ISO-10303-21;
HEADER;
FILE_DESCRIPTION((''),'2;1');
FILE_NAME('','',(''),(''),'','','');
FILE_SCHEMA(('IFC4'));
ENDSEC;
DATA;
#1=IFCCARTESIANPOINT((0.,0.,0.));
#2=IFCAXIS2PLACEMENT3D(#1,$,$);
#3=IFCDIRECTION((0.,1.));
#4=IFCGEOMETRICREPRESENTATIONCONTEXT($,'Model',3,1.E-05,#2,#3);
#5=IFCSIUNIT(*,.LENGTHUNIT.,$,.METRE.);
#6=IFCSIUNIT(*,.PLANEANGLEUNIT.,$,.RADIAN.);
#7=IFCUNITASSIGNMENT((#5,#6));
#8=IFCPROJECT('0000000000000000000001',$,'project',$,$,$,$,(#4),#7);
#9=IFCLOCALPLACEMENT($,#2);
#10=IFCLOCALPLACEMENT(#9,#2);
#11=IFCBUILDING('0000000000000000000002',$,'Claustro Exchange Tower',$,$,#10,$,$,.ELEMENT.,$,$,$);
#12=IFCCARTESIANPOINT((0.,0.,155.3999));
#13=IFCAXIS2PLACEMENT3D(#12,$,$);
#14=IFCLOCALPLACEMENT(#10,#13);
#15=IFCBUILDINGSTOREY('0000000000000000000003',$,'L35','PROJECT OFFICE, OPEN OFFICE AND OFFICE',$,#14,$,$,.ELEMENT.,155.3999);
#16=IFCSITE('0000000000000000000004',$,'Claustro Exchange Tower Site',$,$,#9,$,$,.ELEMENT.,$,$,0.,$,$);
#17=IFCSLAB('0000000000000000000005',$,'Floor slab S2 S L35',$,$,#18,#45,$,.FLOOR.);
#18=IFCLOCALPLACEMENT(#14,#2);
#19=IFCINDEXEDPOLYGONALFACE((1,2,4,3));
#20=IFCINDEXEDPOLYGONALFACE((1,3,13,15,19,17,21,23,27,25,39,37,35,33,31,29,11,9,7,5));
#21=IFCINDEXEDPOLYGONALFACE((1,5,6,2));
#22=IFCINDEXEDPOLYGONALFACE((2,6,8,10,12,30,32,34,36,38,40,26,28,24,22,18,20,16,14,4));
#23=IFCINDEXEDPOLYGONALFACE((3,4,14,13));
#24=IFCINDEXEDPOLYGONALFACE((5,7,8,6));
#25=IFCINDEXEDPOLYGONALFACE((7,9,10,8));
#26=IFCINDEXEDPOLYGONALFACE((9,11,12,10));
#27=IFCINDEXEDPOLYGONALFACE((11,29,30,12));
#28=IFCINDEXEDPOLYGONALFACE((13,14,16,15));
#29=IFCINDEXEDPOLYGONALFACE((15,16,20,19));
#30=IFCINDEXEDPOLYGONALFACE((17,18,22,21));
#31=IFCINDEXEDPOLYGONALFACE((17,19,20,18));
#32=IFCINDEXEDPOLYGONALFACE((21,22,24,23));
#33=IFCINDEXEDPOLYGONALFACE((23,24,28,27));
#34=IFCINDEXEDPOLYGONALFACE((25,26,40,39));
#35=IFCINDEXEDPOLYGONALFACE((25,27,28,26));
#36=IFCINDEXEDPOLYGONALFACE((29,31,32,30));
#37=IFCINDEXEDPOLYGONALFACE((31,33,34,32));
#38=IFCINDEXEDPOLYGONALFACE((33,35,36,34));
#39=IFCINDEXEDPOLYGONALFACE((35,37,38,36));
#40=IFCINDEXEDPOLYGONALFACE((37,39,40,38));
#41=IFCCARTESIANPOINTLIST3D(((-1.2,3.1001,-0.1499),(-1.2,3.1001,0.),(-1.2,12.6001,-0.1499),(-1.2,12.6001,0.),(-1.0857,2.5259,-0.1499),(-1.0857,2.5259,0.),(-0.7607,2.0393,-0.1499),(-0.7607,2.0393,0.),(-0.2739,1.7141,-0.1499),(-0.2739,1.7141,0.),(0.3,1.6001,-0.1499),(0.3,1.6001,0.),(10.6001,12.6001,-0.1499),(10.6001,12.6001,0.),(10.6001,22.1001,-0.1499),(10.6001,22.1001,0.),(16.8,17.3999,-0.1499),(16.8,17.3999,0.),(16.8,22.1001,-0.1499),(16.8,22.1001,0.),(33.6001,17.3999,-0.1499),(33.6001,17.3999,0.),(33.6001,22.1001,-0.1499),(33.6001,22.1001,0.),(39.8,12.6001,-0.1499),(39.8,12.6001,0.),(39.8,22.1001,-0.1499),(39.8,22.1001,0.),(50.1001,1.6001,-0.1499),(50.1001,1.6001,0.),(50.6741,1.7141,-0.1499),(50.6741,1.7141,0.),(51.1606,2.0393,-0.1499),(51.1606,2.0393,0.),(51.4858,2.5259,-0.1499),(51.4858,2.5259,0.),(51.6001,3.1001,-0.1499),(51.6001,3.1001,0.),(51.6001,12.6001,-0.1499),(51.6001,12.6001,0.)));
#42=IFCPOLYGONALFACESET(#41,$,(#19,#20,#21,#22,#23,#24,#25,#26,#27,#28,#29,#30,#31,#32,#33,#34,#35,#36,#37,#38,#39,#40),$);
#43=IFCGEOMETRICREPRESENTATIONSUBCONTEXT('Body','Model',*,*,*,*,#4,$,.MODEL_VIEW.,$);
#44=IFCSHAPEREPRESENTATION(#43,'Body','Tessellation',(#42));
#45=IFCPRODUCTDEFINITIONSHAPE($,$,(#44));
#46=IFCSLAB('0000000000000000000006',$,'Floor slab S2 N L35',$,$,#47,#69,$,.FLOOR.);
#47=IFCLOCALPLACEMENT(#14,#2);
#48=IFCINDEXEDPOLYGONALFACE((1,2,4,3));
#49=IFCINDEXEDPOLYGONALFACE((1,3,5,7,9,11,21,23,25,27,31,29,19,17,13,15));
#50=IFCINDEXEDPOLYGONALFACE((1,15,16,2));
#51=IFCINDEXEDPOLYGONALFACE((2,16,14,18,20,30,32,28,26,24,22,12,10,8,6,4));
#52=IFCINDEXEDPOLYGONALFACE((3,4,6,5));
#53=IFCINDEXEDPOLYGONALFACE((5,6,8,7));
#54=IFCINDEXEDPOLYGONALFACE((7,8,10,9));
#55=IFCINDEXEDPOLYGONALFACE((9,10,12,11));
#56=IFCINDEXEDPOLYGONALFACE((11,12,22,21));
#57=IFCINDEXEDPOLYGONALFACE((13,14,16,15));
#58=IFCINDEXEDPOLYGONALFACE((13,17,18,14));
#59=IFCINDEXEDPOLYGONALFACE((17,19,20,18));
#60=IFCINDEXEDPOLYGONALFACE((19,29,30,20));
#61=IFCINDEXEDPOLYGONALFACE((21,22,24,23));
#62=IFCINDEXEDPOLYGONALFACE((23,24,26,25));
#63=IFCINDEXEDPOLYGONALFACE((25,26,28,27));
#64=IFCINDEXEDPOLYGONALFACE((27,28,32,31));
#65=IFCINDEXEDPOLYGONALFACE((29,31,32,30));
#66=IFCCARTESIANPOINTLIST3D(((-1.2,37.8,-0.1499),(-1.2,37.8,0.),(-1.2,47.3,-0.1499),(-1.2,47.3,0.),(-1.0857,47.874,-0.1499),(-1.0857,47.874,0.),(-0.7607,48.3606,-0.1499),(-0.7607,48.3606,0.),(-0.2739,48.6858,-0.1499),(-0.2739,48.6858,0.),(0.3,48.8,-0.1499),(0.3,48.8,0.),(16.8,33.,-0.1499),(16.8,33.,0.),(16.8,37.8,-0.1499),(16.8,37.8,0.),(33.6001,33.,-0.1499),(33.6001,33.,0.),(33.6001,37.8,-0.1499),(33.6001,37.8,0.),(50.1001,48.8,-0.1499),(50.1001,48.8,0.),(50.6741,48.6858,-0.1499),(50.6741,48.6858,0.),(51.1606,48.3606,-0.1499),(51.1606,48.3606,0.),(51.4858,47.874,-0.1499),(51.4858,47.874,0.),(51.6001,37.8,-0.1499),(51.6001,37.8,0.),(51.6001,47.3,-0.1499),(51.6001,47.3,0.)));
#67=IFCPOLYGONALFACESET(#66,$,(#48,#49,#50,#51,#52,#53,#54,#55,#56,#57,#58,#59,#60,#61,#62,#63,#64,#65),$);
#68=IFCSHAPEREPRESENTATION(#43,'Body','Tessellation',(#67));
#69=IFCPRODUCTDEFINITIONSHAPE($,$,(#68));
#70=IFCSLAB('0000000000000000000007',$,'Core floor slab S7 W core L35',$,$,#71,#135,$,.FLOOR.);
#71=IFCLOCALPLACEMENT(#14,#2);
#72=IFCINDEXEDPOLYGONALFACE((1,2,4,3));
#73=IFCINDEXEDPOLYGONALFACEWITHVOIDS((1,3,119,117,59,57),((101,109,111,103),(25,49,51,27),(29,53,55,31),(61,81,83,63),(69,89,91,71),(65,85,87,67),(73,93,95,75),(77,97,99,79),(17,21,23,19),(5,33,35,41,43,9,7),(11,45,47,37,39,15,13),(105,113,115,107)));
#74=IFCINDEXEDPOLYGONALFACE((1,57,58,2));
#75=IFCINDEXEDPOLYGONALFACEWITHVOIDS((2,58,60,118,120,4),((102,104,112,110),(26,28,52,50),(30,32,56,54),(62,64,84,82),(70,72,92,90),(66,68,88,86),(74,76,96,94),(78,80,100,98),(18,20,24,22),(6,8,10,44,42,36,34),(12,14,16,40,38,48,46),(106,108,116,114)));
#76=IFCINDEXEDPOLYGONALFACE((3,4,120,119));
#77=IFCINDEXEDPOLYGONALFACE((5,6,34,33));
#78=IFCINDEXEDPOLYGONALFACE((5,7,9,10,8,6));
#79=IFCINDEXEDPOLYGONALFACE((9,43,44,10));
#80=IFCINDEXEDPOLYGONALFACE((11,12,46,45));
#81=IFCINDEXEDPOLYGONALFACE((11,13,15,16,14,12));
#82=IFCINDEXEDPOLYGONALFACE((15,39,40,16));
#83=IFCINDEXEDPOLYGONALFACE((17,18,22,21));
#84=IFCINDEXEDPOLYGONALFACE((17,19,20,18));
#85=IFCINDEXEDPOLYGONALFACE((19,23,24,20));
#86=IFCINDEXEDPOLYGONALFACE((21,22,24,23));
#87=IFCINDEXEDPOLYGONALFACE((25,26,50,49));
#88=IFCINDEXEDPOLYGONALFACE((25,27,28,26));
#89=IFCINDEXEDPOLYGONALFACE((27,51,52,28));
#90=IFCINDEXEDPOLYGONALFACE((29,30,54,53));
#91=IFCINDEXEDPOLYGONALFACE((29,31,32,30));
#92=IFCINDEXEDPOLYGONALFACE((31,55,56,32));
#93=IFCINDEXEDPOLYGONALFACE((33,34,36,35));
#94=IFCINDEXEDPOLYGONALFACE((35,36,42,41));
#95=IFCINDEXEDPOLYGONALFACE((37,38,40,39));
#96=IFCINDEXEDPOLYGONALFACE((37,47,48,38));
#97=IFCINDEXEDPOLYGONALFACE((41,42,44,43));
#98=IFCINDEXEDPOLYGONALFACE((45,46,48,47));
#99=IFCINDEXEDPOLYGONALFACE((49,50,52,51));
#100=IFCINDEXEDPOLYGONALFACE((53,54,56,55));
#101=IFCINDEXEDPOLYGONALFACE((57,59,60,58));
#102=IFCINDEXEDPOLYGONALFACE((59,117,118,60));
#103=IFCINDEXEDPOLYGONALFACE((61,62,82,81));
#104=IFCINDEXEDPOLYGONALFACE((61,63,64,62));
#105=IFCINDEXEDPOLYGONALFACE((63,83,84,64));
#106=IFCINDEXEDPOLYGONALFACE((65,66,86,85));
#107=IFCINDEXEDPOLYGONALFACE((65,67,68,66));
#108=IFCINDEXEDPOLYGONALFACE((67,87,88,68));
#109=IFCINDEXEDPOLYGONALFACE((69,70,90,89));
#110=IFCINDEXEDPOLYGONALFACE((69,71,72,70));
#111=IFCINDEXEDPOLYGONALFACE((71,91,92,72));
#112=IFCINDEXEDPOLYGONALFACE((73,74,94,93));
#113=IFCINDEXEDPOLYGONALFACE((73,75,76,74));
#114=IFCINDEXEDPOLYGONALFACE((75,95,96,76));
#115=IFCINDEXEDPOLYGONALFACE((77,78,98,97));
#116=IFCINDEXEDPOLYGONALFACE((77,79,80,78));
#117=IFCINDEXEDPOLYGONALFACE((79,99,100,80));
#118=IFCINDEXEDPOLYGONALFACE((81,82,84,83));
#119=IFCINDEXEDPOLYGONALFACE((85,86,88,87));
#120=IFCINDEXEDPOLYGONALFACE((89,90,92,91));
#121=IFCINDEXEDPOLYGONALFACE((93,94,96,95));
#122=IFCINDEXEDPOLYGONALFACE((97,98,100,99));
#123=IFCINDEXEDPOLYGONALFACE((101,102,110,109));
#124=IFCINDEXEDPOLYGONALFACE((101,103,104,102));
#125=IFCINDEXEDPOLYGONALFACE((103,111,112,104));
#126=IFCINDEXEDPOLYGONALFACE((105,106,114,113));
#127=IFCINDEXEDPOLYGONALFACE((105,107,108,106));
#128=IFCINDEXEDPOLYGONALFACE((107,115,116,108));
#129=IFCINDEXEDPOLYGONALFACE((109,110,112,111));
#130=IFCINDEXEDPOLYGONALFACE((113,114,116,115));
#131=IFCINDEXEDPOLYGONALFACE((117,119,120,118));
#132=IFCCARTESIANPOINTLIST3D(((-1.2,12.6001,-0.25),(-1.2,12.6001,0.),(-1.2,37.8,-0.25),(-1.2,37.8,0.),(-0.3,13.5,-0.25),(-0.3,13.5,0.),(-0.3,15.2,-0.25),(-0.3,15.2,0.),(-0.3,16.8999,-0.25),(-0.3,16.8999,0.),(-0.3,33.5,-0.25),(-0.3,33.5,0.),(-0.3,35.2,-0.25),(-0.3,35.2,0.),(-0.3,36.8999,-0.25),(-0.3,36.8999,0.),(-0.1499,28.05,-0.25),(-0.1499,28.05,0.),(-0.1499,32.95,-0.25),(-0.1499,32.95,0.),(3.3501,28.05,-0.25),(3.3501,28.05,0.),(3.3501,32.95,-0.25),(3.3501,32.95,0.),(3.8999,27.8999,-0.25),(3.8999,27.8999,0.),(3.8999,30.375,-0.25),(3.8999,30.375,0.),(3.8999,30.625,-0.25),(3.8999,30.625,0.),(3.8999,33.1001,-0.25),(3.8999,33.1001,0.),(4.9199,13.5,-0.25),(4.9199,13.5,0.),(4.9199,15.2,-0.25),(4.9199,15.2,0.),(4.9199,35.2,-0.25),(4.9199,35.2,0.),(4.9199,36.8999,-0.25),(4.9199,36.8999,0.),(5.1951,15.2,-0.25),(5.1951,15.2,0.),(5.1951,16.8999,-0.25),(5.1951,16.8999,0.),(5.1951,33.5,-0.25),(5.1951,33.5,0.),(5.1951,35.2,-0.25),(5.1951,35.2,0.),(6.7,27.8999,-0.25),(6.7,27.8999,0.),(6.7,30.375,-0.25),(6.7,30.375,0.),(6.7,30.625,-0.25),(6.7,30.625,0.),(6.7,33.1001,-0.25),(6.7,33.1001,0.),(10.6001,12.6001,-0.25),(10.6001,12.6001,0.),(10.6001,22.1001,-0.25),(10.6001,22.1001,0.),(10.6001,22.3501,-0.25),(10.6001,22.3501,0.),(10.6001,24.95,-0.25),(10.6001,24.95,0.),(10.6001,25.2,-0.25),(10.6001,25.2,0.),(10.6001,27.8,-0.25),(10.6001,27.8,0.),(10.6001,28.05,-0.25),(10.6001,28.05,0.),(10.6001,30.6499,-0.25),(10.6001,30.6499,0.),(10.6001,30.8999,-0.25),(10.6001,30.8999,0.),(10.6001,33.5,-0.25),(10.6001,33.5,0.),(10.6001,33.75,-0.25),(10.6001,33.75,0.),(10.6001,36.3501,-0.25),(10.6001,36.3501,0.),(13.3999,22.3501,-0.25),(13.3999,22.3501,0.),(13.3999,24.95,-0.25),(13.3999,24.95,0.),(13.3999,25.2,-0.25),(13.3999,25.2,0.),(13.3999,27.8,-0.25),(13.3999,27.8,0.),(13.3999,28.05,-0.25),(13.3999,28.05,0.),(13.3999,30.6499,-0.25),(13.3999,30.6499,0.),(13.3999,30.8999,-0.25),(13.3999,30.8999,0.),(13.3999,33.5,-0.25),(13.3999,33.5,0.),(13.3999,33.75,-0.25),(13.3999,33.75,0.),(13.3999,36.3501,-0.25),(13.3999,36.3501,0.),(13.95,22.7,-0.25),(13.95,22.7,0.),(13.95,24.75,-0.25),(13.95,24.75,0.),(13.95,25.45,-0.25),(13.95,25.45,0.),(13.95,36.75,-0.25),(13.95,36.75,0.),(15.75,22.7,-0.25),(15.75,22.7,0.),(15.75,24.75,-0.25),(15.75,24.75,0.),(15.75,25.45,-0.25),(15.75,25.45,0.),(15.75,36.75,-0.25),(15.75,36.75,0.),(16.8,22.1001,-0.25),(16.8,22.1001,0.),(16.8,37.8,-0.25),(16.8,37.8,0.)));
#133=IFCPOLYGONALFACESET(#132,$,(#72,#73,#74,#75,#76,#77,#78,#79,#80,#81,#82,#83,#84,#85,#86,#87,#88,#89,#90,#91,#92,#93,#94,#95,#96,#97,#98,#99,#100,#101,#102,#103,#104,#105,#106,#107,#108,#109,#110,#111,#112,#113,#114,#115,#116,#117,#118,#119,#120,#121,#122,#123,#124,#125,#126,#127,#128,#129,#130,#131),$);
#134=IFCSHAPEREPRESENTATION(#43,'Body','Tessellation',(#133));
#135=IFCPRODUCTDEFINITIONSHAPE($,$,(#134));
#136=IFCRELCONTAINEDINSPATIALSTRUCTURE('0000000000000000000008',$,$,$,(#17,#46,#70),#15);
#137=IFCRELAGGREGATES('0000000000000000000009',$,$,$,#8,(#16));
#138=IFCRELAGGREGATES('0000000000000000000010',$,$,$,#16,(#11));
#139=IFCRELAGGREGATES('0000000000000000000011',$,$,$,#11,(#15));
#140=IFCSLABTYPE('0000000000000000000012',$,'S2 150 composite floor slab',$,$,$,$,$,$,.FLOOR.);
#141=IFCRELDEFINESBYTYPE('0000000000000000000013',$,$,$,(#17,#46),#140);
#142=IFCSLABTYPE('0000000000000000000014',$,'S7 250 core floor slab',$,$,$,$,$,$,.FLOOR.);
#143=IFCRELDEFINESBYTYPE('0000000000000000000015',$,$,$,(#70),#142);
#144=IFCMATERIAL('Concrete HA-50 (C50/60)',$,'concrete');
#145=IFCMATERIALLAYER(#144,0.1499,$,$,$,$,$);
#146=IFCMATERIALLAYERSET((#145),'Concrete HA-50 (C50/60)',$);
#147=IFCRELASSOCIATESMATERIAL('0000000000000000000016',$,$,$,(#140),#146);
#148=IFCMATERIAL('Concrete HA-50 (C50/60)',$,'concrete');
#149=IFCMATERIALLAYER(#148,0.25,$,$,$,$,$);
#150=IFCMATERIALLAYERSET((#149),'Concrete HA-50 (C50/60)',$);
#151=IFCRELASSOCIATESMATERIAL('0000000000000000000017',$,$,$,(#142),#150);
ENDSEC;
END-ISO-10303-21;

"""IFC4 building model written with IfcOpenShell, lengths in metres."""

from ifc_helpers import new_model, si_unit, direction, frame, origin, place, context, subcontext, project, spatial, polyline, outline, extrude, material, layer, layer_set, type_object, element, save


model = new_model("IFC4")

# Units and contexts
model_context = context("Model", 3, precision=1e-05, world=origin(), true_north=direction((0.0, 1.0)))
body_context = subcontext(model_context, "Body", "Model", "MODEL_VIEW")
ifc_project = project(units=[si_unit("LENGTHUNIT", "METRE"), si_unit("PLANEANGLEUNIT", "RADIAN")], contexts=[model_context])

# Site, building, storey
site_placement = place(None, origin())
site = spatial("IfcSite", under=ifc_project, at=site_placement, Name="Claustro Exchange Tower Site", CompositionType="ELEMENT", RefElevation=0.0)
building_placement = place(site_placement, origin())
building = spatial("IfcBuilding", under=site, at=building_placement, Name="Claustro Exchange Tower", CompositionType="ELEMENT")
storey_placement = place(building_placement, frame((0.0, 0.0, 155.3999)))
storey = spatial("IfcBuildingStorey", under=building, at=storey_placement, Name="L35", Description="PROJECT OFFICE, OPEN OFFICE AND OFFICE", CompositionType="ELEMENT", Elevation=155.3999)

# Slabs
ifc_material_1 = material(Name="Concrete HA-50 (C50/60)", Category="concrete")
ifc_layer_1 = layer(ifc_material_1, 0.1499)
ifc_layer_set_1 = layer_set([ifc_layer_1], Name="Concrete HA-50 (C50/60)")
slab_type_1 = type_object("IfcSlabType", Name="S2 150 composite floor slab", PredefinedType="FLOOR", material=ifc_layer_set_1)
slab_1_placement = place(storey_placement, frame((0.0, 0.0, -0.1499)))
element("IfcSlab", 1, at=slab_1_placement, inside=storey, type_object=slab_type_1, Name="Floor slab S2 S L35", PredefinedType="FLOOR", context=body_context, shape_type="SweptSolid", body=[
    extrude(outline(polyline([(-0.2739, 1.7141), (0.3, 1.6001), (50.1001, 1.6001), (50.6741, 1.7141), (51.1606, 2.0393), (51.4858, 2.5259), (51.6001, 3.1001), (51.6001, 12.6001), (39.8, 12.6001), (39.8, 22.1001), (33.6001, 22.1001), (33.6001, 17.3999), (16.8, 17.3999), (16.8, 22.1001), (10.6001, 22.1001), (10.6001, 12.6001), (-1.2, 12.6001), (-1.2, 3.1001), (-1.0857, 2.5259), (-0.7607, 2.0393), (-0.2739, 1.7141)])), origin(), (0.0, 0.0, 1.0), 0.1499),
])
slab_2_placement = place(storey_placement, frame((0.0, 0.0, -0.1499)))
element("IfcSlab", 2, at=slab_2_placement, inside=storey, type_object=slab_type_1, Name="Floor slab S2 N L35", PredefinedType="FLOOR", context=body_context, shape_type="SweptSolid", body=[
    extrude(outline(polyline([(16.8, 37.8), (16.8, 33.0), (33.6001, 33.0), (33.6001, 37.8), (51.6001, 37.8), (51.6001, 47.3), (51.4858, 47.874), (51.1606, 48.3606), (50.6741, 48.6858), (50.1001, 48.8), (0.3, 48.8), (-0.2739, 48.6858), (-0.7607, 48.3606), (-1.0857, 47.874), (-1.2, 47.3), (-1.2, 37.8), (16.8, 37.8)])), origin(), (0.0, 0.0, 1.0), 0.1499),
])
ifc_material_2 = material(Name="Concrete HA-50 (C50/60)", Category="concrete")
ifc_layer_2 = layer(ifc_material_2, 0.25)
ifc_layer_set_2 = layer_set([ifc_layer_2], Name="Concrete HA-50 (C50/60)")
slab_type_2 = type_object("IfcSlabType", Name="S7 250 core floor slab", PredefinedType="FLOOR", material=ifc_layer_set_2)
slab_3_placement = place(storey_placement, frame((0.0, 0.0, -0.25)))
element("IfcSlab", 3, at=slab_3_placement, inside=storey, type_object=slab_type_2, Name="Core floor slab S7 W core L35", PredefinedType="FLOOR", context=body_context, shape_type="SweptSolid", body=[
    extrude(outline(polyline([(-1.2, 37.8), (-1.2, 12.6001), (10.6001, 12.6001), (10.6001, 22.1001), (16.8, 22.1001), (16.8, 37.8), (-1.2, 37.8)]), holes=[polyline([(13.95, 24.75), (15.75, 24.75), (15.75, 22.7), (13.95, 22.7), (13.95, 24.75)]), polyline([(13.95, 36.75), (15.75, 36.75), (15.75, 25.45), (13.95, 25.45), (13.95, 36.75)]), polyline([(13.3999, 24.95), (13.3999, 22.3501), (10.6001, 22.3501), (10.6001, 24.95), (13.3999, 24.95)]), polyline([(13.3999, 27.8), (13.3999, 25.2), (10.6001, 25.2), (10.6001, 27.8), (13.3999, 27.8)]), polyline([(13.3999, 30.6499), (13.3999, 28.05), (10.6001, 28.05), (10.6001, 30.6499), (13.3999, 30.6499)]), polyline([(13.3999, 33.5), (13.3999, 30.8999), (10.6001, 30.8999), (10.6001, 33.5), (13.3999, 33.5)]), polyline([(13.3999, 36.3501), (13.3999, 33.75), (10.6001, 33.75), (10.6001, 36.3501), (13.3999, 36.3501)]), polyline([(6.7, 30.375), (6.7, 27.8999), (3.8999, 27.8999), (3.8999, 30.375), (6.7, 30.375)]), polyline([(6.7, 33.1001), (6.7, 30.625), (3.8999, 30.625), (3.8999, 33.1001), (6.7, 33.1001)]), polyline([(-0.3, 15.2), (-0.3, 16.8999), (5.1951, 16.8999), (5.1951, 15.2), (4.9199, 15.2), (4.9199, 13.5), (-0.3, 13.5), (-0.3, 15.2)]), polyline([(-0.3, 35.2), (-0.3, 36.8999), (4.9199, 36.8999), (4.9199, 35.2), (5.1951, 35.2), (5.1951, 33.5), (-0.3, 33.5), (-0.3, 35.2)]), polyline([(-0.1499, 32.95), (3.3501, 32.95), (3.3501, 28.05), (-0.1499, 28.05), (-0.1499, 32.95)])]), origin(), (0.0, 0.0, 1.0), 0.25),
])

save(model, "model.ifc")
